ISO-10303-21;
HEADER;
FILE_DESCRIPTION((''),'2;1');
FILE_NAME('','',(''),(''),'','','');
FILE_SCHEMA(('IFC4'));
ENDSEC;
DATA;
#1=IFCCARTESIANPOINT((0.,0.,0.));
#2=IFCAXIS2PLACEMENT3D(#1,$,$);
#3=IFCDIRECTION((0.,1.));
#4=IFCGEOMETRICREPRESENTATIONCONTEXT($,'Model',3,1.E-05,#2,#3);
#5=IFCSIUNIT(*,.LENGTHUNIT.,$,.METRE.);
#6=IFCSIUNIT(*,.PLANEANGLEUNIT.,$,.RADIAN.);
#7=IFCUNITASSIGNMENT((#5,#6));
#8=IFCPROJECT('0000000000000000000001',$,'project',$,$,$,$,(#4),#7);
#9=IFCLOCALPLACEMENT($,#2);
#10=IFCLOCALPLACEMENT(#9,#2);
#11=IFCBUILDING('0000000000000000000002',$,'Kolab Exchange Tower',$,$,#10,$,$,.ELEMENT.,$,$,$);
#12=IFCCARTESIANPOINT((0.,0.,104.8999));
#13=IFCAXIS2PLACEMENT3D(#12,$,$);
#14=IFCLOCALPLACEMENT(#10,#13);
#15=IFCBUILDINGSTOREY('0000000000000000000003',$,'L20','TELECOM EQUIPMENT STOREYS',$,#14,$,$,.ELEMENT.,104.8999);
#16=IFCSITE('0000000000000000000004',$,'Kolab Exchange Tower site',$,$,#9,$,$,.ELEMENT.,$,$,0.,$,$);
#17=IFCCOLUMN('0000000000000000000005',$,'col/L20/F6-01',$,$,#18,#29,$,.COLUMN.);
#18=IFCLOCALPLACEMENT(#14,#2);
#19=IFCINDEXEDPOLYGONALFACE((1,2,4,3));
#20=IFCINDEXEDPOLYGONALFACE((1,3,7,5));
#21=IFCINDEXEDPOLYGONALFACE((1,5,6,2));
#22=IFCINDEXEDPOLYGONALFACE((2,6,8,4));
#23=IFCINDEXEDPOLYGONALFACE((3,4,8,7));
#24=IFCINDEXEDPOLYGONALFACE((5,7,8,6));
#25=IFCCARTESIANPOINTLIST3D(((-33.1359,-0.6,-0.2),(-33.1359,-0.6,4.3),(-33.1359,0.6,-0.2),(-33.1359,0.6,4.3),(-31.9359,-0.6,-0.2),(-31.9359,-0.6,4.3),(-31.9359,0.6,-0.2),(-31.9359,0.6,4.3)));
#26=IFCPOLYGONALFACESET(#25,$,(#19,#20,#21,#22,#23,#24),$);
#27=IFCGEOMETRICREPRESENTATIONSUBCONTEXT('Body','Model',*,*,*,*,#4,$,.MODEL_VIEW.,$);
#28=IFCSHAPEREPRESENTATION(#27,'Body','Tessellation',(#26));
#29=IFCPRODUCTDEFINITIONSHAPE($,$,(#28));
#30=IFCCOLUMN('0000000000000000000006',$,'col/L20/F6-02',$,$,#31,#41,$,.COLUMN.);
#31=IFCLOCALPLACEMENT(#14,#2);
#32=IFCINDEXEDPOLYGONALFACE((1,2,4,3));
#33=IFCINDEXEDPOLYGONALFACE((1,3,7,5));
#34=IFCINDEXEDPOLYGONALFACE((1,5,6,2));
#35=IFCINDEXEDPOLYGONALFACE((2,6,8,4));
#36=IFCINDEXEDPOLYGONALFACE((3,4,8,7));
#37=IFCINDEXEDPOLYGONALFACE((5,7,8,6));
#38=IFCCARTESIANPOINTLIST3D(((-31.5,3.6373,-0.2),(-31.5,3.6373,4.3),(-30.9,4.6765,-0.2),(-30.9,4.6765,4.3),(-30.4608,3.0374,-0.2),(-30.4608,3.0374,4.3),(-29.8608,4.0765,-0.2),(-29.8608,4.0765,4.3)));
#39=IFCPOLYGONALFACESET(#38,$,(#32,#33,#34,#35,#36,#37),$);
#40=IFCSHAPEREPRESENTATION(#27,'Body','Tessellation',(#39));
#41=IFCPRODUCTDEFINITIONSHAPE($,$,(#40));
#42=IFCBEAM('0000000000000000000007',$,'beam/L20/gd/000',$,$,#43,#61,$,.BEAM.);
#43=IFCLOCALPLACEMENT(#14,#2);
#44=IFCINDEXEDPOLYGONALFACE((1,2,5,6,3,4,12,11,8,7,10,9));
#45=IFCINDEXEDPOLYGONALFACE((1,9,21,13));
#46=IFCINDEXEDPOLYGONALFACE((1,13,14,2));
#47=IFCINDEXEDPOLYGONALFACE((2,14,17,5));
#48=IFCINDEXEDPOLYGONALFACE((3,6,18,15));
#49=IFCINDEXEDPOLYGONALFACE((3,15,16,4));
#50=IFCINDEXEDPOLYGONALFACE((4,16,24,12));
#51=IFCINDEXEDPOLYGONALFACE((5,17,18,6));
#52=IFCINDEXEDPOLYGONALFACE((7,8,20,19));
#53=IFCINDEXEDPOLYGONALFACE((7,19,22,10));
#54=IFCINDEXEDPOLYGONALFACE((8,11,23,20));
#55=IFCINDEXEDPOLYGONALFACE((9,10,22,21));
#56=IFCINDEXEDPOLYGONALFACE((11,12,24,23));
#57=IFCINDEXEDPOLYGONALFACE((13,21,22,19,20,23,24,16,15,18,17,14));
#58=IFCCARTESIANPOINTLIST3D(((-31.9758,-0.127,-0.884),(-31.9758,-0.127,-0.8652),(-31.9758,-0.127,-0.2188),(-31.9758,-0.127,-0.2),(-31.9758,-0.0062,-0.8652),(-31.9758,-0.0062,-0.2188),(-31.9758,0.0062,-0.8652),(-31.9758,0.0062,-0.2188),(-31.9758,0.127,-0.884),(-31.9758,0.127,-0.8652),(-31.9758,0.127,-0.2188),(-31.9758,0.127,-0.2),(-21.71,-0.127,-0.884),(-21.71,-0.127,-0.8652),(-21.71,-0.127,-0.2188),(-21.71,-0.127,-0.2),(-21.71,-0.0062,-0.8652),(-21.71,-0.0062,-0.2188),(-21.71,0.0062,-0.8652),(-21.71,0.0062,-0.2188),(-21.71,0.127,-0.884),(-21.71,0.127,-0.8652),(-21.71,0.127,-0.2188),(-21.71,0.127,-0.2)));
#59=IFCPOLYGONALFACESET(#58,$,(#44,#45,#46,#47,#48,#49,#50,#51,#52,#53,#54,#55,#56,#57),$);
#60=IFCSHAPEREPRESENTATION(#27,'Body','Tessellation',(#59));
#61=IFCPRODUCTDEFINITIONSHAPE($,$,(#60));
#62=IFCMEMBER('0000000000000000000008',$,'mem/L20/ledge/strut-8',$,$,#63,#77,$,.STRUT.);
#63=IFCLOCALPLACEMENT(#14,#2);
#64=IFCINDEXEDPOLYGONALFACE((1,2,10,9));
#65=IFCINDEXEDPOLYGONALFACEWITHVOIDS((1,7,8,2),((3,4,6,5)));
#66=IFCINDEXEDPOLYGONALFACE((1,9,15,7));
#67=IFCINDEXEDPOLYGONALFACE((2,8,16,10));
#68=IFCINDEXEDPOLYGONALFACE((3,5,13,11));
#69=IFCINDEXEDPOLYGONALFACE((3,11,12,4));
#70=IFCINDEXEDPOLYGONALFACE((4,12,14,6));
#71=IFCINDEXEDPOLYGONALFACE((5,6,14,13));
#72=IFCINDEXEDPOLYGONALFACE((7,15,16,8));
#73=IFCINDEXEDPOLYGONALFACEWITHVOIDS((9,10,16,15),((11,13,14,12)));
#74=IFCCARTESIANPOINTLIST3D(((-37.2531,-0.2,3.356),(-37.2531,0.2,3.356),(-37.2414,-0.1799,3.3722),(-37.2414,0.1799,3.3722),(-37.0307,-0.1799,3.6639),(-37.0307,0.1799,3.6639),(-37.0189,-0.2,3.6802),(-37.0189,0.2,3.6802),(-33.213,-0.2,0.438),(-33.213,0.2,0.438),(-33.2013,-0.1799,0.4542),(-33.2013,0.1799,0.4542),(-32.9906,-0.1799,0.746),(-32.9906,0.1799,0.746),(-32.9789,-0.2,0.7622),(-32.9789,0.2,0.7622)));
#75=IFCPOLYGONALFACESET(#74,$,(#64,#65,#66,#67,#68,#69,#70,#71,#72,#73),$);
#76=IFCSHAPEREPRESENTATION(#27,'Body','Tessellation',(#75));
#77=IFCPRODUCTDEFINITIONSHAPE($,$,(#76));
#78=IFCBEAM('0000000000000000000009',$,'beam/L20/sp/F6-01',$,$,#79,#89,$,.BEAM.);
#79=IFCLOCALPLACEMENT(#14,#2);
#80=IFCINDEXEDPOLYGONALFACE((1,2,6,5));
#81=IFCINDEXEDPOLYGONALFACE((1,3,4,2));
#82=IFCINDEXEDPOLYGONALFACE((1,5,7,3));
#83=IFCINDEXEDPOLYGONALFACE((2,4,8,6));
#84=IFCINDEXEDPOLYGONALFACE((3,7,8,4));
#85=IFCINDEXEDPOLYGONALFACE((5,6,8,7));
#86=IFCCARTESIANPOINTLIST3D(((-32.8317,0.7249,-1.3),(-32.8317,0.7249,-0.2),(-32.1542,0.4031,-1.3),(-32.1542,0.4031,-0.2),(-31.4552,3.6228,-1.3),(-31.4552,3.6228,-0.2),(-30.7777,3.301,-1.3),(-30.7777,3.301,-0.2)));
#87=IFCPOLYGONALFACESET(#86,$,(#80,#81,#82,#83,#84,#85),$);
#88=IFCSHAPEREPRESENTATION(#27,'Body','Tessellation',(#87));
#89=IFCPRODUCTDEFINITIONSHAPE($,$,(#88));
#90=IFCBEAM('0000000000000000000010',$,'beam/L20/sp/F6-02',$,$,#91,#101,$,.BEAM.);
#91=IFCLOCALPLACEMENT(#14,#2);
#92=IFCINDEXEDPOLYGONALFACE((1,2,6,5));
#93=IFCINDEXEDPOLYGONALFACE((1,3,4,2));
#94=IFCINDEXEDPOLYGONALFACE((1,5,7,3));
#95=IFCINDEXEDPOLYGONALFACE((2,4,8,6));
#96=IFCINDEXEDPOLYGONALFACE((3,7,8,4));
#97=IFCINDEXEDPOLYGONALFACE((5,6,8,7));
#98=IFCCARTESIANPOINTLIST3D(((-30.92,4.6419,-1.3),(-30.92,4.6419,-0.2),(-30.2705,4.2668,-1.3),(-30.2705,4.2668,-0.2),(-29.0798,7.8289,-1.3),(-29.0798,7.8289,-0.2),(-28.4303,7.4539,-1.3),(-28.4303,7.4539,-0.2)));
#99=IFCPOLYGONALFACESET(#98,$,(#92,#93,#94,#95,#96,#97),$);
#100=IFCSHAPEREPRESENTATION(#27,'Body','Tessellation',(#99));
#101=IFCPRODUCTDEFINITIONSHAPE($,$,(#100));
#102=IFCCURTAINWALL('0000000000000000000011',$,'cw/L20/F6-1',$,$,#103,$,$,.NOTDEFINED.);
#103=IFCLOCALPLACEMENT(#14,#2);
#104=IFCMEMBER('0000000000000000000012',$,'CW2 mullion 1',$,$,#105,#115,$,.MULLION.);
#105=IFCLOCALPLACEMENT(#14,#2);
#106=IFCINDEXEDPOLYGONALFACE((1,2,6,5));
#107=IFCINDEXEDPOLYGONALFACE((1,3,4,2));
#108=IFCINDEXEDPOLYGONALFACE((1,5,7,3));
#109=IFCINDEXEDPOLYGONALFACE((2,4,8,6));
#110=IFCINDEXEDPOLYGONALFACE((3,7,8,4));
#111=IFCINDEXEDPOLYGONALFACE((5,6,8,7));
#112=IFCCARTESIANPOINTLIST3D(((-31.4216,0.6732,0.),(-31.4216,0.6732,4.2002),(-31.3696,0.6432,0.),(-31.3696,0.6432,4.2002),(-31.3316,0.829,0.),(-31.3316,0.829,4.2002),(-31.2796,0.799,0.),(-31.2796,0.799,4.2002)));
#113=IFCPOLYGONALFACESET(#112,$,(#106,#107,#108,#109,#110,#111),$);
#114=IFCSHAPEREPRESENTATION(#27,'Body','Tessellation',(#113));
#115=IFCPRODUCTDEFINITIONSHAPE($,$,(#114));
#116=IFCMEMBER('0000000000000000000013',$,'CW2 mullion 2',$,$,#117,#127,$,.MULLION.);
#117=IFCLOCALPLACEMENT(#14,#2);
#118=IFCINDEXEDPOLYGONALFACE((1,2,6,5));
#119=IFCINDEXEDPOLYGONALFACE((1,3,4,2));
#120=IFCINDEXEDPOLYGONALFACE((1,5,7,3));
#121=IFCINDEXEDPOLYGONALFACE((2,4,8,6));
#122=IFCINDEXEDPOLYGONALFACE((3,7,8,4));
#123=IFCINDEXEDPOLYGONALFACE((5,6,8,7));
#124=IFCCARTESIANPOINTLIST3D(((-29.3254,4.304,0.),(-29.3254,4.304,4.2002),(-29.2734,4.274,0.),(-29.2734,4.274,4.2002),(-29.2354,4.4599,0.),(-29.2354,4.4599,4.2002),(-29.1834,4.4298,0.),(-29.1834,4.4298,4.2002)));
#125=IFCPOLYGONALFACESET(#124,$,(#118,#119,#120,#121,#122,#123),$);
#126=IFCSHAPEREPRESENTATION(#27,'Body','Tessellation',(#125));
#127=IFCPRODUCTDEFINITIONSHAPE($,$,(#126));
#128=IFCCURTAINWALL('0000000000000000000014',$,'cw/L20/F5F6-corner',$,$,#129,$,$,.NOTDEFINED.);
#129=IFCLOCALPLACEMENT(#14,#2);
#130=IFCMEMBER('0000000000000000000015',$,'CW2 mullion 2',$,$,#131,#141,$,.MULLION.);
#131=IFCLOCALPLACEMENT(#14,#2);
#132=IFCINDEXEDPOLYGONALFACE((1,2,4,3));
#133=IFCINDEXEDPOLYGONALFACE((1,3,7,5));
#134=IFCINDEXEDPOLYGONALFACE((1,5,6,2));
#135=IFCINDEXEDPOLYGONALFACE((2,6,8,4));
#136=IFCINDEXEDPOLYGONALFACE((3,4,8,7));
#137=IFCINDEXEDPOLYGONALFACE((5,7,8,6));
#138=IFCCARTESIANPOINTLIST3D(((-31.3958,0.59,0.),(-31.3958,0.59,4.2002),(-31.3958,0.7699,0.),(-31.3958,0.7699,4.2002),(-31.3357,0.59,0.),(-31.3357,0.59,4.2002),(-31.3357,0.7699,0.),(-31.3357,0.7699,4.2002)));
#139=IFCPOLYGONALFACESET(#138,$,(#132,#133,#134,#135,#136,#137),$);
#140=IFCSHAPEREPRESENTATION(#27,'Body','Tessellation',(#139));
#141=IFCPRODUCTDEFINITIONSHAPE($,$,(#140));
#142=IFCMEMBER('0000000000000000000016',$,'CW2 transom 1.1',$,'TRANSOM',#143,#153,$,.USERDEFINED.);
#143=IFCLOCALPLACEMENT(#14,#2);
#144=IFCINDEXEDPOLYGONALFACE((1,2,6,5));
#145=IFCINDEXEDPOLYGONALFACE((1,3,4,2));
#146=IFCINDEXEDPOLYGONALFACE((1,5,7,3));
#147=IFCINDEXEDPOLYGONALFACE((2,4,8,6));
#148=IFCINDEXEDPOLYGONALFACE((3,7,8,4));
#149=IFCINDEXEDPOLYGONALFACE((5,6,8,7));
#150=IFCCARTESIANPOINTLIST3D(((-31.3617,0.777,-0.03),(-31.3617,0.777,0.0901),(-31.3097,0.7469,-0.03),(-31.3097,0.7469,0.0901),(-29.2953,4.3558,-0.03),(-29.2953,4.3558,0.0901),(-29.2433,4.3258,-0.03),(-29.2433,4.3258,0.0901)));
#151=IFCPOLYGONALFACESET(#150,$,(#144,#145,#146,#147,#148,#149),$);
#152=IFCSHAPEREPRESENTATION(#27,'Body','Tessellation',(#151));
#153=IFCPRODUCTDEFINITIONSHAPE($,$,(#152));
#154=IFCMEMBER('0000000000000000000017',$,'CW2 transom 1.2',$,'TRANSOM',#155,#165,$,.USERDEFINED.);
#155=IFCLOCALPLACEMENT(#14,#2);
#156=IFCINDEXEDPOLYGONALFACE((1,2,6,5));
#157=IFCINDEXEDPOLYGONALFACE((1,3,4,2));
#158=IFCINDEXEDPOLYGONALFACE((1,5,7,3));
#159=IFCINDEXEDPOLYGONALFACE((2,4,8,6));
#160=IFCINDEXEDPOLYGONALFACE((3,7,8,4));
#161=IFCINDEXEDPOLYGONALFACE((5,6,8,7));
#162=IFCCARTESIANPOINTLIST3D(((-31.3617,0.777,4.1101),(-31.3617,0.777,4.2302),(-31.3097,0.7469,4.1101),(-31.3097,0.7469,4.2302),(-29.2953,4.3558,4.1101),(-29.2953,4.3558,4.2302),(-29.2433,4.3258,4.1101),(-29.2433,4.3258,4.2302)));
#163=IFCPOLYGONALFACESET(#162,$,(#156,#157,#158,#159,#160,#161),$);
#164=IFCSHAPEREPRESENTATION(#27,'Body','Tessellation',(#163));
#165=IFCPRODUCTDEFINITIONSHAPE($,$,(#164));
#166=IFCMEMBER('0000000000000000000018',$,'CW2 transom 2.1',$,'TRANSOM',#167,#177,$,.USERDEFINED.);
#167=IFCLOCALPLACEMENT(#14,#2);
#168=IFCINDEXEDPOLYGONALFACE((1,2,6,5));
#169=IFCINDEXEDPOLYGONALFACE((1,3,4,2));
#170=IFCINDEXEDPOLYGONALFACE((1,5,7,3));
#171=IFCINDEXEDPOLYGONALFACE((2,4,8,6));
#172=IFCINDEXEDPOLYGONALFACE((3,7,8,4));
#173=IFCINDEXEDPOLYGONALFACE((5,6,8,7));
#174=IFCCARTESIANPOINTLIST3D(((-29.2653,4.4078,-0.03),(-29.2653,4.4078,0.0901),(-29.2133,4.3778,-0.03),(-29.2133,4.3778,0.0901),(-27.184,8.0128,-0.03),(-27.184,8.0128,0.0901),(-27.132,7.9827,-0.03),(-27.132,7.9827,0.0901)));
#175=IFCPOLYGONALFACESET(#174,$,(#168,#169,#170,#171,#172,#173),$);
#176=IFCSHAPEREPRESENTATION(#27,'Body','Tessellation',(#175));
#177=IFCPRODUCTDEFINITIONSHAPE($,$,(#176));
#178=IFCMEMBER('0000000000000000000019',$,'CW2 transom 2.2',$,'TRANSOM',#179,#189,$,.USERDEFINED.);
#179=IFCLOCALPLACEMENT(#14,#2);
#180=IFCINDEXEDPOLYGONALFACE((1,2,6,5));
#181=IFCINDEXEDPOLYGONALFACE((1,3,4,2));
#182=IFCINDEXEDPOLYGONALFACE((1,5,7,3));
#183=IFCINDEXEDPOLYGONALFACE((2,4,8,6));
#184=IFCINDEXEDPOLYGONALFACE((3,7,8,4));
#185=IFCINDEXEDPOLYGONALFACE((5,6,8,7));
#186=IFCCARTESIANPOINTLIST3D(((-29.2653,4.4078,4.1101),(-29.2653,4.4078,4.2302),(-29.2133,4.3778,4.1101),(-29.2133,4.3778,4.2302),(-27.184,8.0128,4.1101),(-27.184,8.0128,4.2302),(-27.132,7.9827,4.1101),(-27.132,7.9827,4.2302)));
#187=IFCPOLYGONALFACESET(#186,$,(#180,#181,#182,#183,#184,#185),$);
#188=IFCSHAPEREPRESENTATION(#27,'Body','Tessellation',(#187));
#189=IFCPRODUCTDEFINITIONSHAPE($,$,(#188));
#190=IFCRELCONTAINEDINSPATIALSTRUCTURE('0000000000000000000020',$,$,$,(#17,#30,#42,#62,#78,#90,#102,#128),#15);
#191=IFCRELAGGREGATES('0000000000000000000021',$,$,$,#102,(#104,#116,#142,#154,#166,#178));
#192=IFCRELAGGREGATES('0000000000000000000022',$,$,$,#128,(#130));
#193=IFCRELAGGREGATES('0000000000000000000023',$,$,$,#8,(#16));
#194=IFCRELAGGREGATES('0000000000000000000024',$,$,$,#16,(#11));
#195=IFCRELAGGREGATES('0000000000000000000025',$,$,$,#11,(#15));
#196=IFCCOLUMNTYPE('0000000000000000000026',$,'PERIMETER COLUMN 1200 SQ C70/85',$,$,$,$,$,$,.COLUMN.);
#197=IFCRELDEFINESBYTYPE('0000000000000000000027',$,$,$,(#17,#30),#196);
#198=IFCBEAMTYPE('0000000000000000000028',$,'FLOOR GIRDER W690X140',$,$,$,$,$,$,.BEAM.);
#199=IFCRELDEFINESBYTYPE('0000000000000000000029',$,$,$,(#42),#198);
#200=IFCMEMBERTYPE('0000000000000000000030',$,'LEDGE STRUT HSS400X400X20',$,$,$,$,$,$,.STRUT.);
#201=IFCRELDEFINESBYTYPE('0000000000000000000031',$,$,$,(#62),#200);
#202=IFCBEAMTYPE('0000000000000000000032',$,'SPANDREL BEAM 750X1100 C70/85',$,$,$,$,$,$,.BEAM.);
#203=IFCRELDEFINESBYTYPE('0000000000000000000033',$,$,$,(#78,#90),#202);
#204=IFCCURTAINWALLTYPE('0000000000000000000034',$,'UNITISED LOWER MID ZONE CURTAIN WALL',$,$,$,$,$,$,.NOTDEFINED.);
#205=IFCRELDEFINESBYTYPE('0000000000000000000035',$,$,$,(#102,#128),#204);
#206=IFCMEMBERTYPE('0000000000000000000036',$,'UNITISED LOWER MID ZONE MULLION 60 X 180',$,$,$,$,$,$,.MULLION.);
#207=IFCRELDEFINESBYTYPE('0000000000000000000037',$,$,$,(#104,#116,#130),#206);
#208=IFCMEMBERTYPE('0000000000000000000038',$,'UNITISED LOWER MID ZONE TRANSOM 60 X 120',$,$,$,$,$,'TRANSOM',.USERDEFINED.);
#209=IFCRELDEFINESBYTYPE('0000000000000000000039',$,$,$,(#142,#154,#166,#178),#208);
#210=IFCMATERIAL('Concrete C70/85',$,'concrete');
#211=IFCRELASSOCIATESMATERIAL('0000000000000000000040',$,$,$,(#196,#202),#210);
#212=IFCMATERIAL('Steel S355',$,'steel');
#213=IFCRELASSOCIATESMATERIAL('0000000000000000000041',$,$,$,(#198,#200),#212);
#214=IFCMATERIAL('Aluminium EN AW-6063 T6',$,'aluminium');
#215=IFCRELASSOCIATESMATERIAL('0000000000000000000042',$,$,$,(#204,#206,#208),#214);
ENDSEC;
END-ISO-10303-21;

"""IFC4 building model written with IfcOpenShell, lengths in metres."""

from ifc_helpers import new_model, si_unit, direction, frame, origin, origin_2d, place, context, subcontext, project, spatial, rectangle, hollow_rectangle, i_section, extrude, material, material_profile, profile_set, type_object, element, aggregate, save


model = new_model("IFC4")

# Units and contexts
model_context = context("Model", 3, precision=1e-05, world=origin(), true_north=direction((0.0, 1.0)))
body_context = subcontext(model_context, "Body", "Model", "MODEL_VIEW")
ifc_project = project(units=[si_unit("LENGTHUNIT", "METRE"), si_unit("PLANEANGLEUNIT", "RADIAN")], contexts=[model_context])

# Site, building, storey
site_placement = place(None, origin())
site = spatial("IfcSite", under=ifc_project, at=site_placement, Name="Kolab Exchange Tower site", CompositionType="ELEMENT", RefElevation=0.0)
building_placement = place(site_placement, origin())
building = spatial("IfcBuilding", under=site, at=building_placement, Name="Kolab Exchange Tower", CompositionType="ELEMENT")
storey_placement = place(building_placement, frame((0.0, 0.0, 104.8999)))
storey = spatial("IfcBuildingStorey", under=building, at=storey_placement, Name="L20", Description="TELECOM EQUIPMENT STOREYS", CompositionType="ELEMENT", Elevation=104.8999)

# Columns
ifc_material_1 = material(Name="Concrete C70/85", Category="concrete")
ifc_material_profile_1 = material_profile(ifc_material_1, rectangle(XDim=1.2, YDim=1.2, at=origin_2d()), Name="RC1200")
ifc_profile_set_1 = profile_set([ifc_material_profile_1], Name="Concrete C70/85")
column_type = type_object("IfcColumnType", Name="PERIMETER COLUMN 1200 SQ C70/85", PredefinedType="COLUMN", material=ifc_profile_set_1)
for number, where, z_axis, x_axis, name in (
    (1, (-32.5359, 0.0, -0.2), (0.0, 0.0, 1.0), (1.0, 0.0, 0.0), "col/L20/F6-01"),
    (2, (-30.6804, 3.8569, -0.2), (0.0, 0.0, 1.0), (0.5, 0.866025, 0.0), "col/L20/F6-02"),
):
    element("IfcColumn", number, at=place(storey_placement, frame(where, z_axis=z_axis, x_axis=x_axis)), inside=storey, type_object=column_type, Name=name, PredefinedType="COLUMN", context=body_context, shape_type="SweptSolid", body=[
        extrude(rectangle(XDim=1.2, YDim=1.2, at=origin_2d()), origin(), (0.0, 0.0, 1.0), 4.5),
    ])

# Beam
ifc_material_2 = material(Name="Steel S355", Category="steel")
ifc_material_profile_2 = material_profile(ifc_material_2, i_section(OverallWidth=0.2539, OverallDepth=0.6841, WebThickness=0.0125, FlangeThickness=0.0188, at=origin_2d()), Name="W690X140")
ifc_profile_set_2 = profile_set([ifc_material_profile_2], Name="Steel S355")
beam_type_1 = type_object("IfcBeamType", Name="FLOOR GIRDER W690X140", PredefinedType="BEAM", material=ifc_profile_set_2)
beam_1_placement = place(storey_placement, frame((-31.9758, 0.0, -0.542), z_axis=(1.0, 0.0, 0.0), x_axis=(0.0, 1.0, 0.0)))
element("IfcBeam", 3, at=beam_1_placement, inside=storey, type_object=beam_type_1, Name="beam/L20/gd/000", PredefinedType="BEAM", context=body_context, shape_type="SweptSolid", body=[
    extrude(i_section(OverallWidth=0.2539, OverallDepth=0.6841, WebThickness=0.0125, FlangeThickness=0.0188, at=origin_2d()), origin(), (0.0, 0.0, 1.0), 10.2659),
])

# Member
ifc_material_profile_3 = material_profile(ifc_material_2, hollow_rectangle(XDim=0.3999, YDim=0.3999, WallThickness=0.02, at=origin_2d()), Name="HSS400X400X20")
ifc_profile_set_3 = profile_set([ifc_material_profile_3], Name="Steel S355")
member_type_1 = type_object("IfcMemberType", Name="LEDGE STRUT HSS400X400X20", PredefinedType="STRUT", material=ifc_profile_set_3)
member_1_placement = place(storey_placement, frame((-33.0959, 0.0, 0.6001), z_axis=(-0.810664, 0.0, 0.585512), x_axis=(0.0, -1.0, 0.0)))
element("IfcMember", 4, at=member_1_placement, inside=storey, type_object=member_type_1, Name="mem/L20/ledge/strut-8", PredefinedType="STRUT", context=body_context, shape_type="SweptSolid", body=[
    extrude(hollow_rectangle(XDim=0.3999, YDim=0.3999, WallThickness=0.02, at=origin_2d()), origin(), (0.0, 0.0, 1.0), 4.9836),
])

# Beams
ifc_material_profile_4 = material_profile(ifc_material_1, rectangle(XDim=0.75, YDim=1.1001, at=origin_2d()), Name="RC750X1100")
ifc_profile_set_4 = profile_set([ifc_material_profile_4], Name="Concrete C70/85")
beam_type_2 = type_object("IfcBeamType", Name="SPANDREL BEAM 750X1100 C70/85", PredefinedType="BEAM", material=ifc_profile_set_4)
beam_2_placement = place(storey_placement, frame((-32.4929, 0.564, -0.75), z_axis=(0.429041, 0.903285, 0.0), x_axis=(-0.903285, 0.429041, 0.0)))
element("IfcBeam", 5, at=beam_2_placement, inside=storey, type_object=beam_type_2, Name="beam/L20/sp/F6-01", PredefinedType="BEAM", context=body_context, shape_type="SweptSolid", body=[
    extrude(rectangle(XDim=0.75, YDim=1.1001, at=origin_2d()), origin(), (0.0, 0.0, 1.0), 3.2083),
])
beam_3_placement = place(storey_placement, frame((-30.5952, 4.4543, -0.75), z_axis=(0.500013, 0.866018, 0.0), x_axis=(-0.866018, 0.500013, 0.0)))
element("IfcBeam", 6, at=beam_3_placement, inside=storey, type_object=beam_type_2, Name="beam/L20/sp/F6-02", PredefinedType="BEAM", context=body_context, shape_type="SweptSolid", body=[
    extrude(rectangle(XDim=0.75, YDim=1.1001, at=origin_2d()), origin(), (0.0, 0.0, 1.0), 3.6802),
])

# Curtain wall, members
ifc_material_3 = material(Name="Aluminium EN AW-6063 T6", Category="aluminium")
curtain_wall_type = type_object("IfcCurtainWallType", Name="UNITISED LOWER MID ZONE CURTAIN WALL", PredefinedType="NOTDEFINED", material=ifc_material_3)
curtain_wall_1_placement = place(storey_placement, origin())
curtain_wall_1 = element("IfcCurtainWall", 7, at=curtain_wall_1_placement, inside=storey, type_object=curtain_wall_type, Name="cw/L20/F6-1", PredefinedType="NOTDEFINED")
ifc_material_profile_5 = material_profile(ifc_material_3, rectangle(XDim=0.0601, YDim=0.1799, at=origin_2d()), Name="RECT 60X180")
ifc_profile_set_5 = profile_set([ifc_material_profile_5], Name="Aluminium EN AW-6063 T6")
member_type_2 = type_object("IfcMemberType", Name="UNITISED LOWER MID ZONE MULLION 60 X 180", PredefinedType="MULLION", material=ifc_profile_set_5)
member_2_placement = place(storey_placement, frame((-31.3506, 0.7361, 0.0), z_axis=(0.0, 0.0, 1.0), x_axis=(-0.866025, 0.5, 0.0)))
member_2 = element("IfcMember", 8, at=member_2_placement, type_object=member_type_2, Name="CW2 mullion 1", PredefinedType="MULLION", context=body_context, shape_type="SweptSolid", body=[
    extrude(rectangle(XDim=0.0601, YDim=0.1799, at=origin_2d()), origin(), (0.0, 0.0, 1.0), 4.2002),
])
member_3_placement = place(storey_placement, frame((-29.2544, 4.3669, 0.0), z_axis=(0.0, 0.0, 1.0), x_axis=(-0.866025, 0.5, 0.0)))
member_3 = element("IfcMember", 9, at=member_3_placement, type_object=member_type_2, Name="CW2 mullion 2", PredefinedType="MULLION", context=body_context, shape_type="SweptSolid", body=[
    extrude(rectangle(XDim=0.0601, YDim=0.1799, at=origin_2d()), origin(), (0.0, 0.0, 1.0), 4.2002),
])

# Curtain wall, member
curtain_wall_2_placement = place(storey_placement, origin())
curtain_wall_2 = element("IfcCurtainWall", 10, at=curtain_wall_2_placement, inside=storey, type_object=curtain_wall_type, Name="cw/L20/F5F6-corner", PredefinedType="NOTDEFINED")
member_4_placement = place(storey_placement, frame((-31.3657, 0.6799, 0.0), z_axis=(0.0, 0.0, 1.0), x_axis=(-1.0, 0.0, 0.0)))
member_4 = element("IfcMember", 11, at=member_4_placement, type_object=member_type_2, Name="CW2 mullion 2", PredefinedType="MULLION", context=body_context, shape_type="SweptSolid", body=[
    extrude(rectangle(XDim=0.0601, YDim=0.1799, at=origin_2d()), origin(), (0.0, 0.0, 1.0), 4.2002),
])

# Members
ifc_material_profile_6 = material_profile(ifc_material_3, rectangle(XDim=0.0601, YDim=0.1201, at=origin_2d()), Name="RECT 60X120")
ifc_profile_set_6 = profile_set([ifc_material_profile_6], Name="Aluminium EN AW-6063 T6")
member_type_3 = type_object("IfcMemberType", Name="UNITISED LOWER MID ZONE TRANSOM 60 X 120", ElementType="TRANSOM", PredefinedType="USERDEFINED", material=ifc_profile_set_6)
member_5_placement = place(storey_placement, frame((-31.3357, 0.762, 0.03), z_axis=(0.500028, 0.866009, 0.0), x_axis=(-0.866009, 0.500028, 0.0)))
member_5 = element("IfcMember", 12, at=member_5_placement, type_object=member_type_3, Name="CW2 transom 1.1", ObjectType="TRANSOM", PredefinedType="USERDEFINED", context=body_context, shape_type="SweptSolid", body=[
    extrude(rectangle(XDim=0.0601, YDim=0.1201, at=origin_2d()), origin(), (0.0, 0.0, 1.0), 4.1326),
])
member_6_placement = place(storey_placement, frame((-31.3357, 0.762, 4.1702), z_axis=(0.500028, 0.866009, 0.0), x_axis=(-0.866009, 0.500028, 0.0)))
member_6 = element("IfcMember", 13, at=member_6_placement, type_object=member_type_3, Name="CW2 transom 1.2", ObjectType="TRANSOM", PredefinedType="USERDEFINED", context=body_context, shape_type="SweptSolid", body=[
    extrude(rectangle(XDim=0.0601, YDim=0.1201, at=origin_2d()), origin(), (0.0, 0.0, 1.0), 4.1326),
])
member_7_placement = place(storey_placement, frame((-29.2393, 4.3928, 0.03), z_axis=(0.499993, 0.866029, 0.0), x_axis=(-0.866029, 0.499993, 0.0)))
member_7 = element("IfcMember", 14, at=member_7_placement, type_object=member_type_3, Name="CW2 transom 2.1", ObjectType="TRANSOM", PredefinedType="USERDEFINED", context=body_context, shape_type="SweptSolid", body=[
    extrude(rectangle(XDim=0.0601, YDim=0.1201, at=origin_2d()), origin(), (0.0, 0.0, 1.0), 4.1626),
])
member_8_placement = place(storey_placement, frame((-29.2393, 4.3928, 4.1702), z_axis=(0.499993, 0.866029, 0.0), x_axis=(-0.866029, 0.499993, 0.0)))
member_8 = element("IfcMember", 15, at=member_8_placement, type_object=member_type_3, Name="CW2 transom 2.2", ObjectType="TRANSOM", PredefinedType="USERDEFINED", context=body_context, shape_type="SweptSolid", body=[
    extrude(rectangle(XDim=0.0601, YDim=0.1201, at=origin_2d()), origin(), (0.0, 0.0, 1.0), 4.1626),
])

aggregate(curtain_wall_1, [member_2, member_3, member_5, member_6, member_7, member_8])
aggregate(curtain_wall_2, [member_4])

save(model, "model.ifc")
